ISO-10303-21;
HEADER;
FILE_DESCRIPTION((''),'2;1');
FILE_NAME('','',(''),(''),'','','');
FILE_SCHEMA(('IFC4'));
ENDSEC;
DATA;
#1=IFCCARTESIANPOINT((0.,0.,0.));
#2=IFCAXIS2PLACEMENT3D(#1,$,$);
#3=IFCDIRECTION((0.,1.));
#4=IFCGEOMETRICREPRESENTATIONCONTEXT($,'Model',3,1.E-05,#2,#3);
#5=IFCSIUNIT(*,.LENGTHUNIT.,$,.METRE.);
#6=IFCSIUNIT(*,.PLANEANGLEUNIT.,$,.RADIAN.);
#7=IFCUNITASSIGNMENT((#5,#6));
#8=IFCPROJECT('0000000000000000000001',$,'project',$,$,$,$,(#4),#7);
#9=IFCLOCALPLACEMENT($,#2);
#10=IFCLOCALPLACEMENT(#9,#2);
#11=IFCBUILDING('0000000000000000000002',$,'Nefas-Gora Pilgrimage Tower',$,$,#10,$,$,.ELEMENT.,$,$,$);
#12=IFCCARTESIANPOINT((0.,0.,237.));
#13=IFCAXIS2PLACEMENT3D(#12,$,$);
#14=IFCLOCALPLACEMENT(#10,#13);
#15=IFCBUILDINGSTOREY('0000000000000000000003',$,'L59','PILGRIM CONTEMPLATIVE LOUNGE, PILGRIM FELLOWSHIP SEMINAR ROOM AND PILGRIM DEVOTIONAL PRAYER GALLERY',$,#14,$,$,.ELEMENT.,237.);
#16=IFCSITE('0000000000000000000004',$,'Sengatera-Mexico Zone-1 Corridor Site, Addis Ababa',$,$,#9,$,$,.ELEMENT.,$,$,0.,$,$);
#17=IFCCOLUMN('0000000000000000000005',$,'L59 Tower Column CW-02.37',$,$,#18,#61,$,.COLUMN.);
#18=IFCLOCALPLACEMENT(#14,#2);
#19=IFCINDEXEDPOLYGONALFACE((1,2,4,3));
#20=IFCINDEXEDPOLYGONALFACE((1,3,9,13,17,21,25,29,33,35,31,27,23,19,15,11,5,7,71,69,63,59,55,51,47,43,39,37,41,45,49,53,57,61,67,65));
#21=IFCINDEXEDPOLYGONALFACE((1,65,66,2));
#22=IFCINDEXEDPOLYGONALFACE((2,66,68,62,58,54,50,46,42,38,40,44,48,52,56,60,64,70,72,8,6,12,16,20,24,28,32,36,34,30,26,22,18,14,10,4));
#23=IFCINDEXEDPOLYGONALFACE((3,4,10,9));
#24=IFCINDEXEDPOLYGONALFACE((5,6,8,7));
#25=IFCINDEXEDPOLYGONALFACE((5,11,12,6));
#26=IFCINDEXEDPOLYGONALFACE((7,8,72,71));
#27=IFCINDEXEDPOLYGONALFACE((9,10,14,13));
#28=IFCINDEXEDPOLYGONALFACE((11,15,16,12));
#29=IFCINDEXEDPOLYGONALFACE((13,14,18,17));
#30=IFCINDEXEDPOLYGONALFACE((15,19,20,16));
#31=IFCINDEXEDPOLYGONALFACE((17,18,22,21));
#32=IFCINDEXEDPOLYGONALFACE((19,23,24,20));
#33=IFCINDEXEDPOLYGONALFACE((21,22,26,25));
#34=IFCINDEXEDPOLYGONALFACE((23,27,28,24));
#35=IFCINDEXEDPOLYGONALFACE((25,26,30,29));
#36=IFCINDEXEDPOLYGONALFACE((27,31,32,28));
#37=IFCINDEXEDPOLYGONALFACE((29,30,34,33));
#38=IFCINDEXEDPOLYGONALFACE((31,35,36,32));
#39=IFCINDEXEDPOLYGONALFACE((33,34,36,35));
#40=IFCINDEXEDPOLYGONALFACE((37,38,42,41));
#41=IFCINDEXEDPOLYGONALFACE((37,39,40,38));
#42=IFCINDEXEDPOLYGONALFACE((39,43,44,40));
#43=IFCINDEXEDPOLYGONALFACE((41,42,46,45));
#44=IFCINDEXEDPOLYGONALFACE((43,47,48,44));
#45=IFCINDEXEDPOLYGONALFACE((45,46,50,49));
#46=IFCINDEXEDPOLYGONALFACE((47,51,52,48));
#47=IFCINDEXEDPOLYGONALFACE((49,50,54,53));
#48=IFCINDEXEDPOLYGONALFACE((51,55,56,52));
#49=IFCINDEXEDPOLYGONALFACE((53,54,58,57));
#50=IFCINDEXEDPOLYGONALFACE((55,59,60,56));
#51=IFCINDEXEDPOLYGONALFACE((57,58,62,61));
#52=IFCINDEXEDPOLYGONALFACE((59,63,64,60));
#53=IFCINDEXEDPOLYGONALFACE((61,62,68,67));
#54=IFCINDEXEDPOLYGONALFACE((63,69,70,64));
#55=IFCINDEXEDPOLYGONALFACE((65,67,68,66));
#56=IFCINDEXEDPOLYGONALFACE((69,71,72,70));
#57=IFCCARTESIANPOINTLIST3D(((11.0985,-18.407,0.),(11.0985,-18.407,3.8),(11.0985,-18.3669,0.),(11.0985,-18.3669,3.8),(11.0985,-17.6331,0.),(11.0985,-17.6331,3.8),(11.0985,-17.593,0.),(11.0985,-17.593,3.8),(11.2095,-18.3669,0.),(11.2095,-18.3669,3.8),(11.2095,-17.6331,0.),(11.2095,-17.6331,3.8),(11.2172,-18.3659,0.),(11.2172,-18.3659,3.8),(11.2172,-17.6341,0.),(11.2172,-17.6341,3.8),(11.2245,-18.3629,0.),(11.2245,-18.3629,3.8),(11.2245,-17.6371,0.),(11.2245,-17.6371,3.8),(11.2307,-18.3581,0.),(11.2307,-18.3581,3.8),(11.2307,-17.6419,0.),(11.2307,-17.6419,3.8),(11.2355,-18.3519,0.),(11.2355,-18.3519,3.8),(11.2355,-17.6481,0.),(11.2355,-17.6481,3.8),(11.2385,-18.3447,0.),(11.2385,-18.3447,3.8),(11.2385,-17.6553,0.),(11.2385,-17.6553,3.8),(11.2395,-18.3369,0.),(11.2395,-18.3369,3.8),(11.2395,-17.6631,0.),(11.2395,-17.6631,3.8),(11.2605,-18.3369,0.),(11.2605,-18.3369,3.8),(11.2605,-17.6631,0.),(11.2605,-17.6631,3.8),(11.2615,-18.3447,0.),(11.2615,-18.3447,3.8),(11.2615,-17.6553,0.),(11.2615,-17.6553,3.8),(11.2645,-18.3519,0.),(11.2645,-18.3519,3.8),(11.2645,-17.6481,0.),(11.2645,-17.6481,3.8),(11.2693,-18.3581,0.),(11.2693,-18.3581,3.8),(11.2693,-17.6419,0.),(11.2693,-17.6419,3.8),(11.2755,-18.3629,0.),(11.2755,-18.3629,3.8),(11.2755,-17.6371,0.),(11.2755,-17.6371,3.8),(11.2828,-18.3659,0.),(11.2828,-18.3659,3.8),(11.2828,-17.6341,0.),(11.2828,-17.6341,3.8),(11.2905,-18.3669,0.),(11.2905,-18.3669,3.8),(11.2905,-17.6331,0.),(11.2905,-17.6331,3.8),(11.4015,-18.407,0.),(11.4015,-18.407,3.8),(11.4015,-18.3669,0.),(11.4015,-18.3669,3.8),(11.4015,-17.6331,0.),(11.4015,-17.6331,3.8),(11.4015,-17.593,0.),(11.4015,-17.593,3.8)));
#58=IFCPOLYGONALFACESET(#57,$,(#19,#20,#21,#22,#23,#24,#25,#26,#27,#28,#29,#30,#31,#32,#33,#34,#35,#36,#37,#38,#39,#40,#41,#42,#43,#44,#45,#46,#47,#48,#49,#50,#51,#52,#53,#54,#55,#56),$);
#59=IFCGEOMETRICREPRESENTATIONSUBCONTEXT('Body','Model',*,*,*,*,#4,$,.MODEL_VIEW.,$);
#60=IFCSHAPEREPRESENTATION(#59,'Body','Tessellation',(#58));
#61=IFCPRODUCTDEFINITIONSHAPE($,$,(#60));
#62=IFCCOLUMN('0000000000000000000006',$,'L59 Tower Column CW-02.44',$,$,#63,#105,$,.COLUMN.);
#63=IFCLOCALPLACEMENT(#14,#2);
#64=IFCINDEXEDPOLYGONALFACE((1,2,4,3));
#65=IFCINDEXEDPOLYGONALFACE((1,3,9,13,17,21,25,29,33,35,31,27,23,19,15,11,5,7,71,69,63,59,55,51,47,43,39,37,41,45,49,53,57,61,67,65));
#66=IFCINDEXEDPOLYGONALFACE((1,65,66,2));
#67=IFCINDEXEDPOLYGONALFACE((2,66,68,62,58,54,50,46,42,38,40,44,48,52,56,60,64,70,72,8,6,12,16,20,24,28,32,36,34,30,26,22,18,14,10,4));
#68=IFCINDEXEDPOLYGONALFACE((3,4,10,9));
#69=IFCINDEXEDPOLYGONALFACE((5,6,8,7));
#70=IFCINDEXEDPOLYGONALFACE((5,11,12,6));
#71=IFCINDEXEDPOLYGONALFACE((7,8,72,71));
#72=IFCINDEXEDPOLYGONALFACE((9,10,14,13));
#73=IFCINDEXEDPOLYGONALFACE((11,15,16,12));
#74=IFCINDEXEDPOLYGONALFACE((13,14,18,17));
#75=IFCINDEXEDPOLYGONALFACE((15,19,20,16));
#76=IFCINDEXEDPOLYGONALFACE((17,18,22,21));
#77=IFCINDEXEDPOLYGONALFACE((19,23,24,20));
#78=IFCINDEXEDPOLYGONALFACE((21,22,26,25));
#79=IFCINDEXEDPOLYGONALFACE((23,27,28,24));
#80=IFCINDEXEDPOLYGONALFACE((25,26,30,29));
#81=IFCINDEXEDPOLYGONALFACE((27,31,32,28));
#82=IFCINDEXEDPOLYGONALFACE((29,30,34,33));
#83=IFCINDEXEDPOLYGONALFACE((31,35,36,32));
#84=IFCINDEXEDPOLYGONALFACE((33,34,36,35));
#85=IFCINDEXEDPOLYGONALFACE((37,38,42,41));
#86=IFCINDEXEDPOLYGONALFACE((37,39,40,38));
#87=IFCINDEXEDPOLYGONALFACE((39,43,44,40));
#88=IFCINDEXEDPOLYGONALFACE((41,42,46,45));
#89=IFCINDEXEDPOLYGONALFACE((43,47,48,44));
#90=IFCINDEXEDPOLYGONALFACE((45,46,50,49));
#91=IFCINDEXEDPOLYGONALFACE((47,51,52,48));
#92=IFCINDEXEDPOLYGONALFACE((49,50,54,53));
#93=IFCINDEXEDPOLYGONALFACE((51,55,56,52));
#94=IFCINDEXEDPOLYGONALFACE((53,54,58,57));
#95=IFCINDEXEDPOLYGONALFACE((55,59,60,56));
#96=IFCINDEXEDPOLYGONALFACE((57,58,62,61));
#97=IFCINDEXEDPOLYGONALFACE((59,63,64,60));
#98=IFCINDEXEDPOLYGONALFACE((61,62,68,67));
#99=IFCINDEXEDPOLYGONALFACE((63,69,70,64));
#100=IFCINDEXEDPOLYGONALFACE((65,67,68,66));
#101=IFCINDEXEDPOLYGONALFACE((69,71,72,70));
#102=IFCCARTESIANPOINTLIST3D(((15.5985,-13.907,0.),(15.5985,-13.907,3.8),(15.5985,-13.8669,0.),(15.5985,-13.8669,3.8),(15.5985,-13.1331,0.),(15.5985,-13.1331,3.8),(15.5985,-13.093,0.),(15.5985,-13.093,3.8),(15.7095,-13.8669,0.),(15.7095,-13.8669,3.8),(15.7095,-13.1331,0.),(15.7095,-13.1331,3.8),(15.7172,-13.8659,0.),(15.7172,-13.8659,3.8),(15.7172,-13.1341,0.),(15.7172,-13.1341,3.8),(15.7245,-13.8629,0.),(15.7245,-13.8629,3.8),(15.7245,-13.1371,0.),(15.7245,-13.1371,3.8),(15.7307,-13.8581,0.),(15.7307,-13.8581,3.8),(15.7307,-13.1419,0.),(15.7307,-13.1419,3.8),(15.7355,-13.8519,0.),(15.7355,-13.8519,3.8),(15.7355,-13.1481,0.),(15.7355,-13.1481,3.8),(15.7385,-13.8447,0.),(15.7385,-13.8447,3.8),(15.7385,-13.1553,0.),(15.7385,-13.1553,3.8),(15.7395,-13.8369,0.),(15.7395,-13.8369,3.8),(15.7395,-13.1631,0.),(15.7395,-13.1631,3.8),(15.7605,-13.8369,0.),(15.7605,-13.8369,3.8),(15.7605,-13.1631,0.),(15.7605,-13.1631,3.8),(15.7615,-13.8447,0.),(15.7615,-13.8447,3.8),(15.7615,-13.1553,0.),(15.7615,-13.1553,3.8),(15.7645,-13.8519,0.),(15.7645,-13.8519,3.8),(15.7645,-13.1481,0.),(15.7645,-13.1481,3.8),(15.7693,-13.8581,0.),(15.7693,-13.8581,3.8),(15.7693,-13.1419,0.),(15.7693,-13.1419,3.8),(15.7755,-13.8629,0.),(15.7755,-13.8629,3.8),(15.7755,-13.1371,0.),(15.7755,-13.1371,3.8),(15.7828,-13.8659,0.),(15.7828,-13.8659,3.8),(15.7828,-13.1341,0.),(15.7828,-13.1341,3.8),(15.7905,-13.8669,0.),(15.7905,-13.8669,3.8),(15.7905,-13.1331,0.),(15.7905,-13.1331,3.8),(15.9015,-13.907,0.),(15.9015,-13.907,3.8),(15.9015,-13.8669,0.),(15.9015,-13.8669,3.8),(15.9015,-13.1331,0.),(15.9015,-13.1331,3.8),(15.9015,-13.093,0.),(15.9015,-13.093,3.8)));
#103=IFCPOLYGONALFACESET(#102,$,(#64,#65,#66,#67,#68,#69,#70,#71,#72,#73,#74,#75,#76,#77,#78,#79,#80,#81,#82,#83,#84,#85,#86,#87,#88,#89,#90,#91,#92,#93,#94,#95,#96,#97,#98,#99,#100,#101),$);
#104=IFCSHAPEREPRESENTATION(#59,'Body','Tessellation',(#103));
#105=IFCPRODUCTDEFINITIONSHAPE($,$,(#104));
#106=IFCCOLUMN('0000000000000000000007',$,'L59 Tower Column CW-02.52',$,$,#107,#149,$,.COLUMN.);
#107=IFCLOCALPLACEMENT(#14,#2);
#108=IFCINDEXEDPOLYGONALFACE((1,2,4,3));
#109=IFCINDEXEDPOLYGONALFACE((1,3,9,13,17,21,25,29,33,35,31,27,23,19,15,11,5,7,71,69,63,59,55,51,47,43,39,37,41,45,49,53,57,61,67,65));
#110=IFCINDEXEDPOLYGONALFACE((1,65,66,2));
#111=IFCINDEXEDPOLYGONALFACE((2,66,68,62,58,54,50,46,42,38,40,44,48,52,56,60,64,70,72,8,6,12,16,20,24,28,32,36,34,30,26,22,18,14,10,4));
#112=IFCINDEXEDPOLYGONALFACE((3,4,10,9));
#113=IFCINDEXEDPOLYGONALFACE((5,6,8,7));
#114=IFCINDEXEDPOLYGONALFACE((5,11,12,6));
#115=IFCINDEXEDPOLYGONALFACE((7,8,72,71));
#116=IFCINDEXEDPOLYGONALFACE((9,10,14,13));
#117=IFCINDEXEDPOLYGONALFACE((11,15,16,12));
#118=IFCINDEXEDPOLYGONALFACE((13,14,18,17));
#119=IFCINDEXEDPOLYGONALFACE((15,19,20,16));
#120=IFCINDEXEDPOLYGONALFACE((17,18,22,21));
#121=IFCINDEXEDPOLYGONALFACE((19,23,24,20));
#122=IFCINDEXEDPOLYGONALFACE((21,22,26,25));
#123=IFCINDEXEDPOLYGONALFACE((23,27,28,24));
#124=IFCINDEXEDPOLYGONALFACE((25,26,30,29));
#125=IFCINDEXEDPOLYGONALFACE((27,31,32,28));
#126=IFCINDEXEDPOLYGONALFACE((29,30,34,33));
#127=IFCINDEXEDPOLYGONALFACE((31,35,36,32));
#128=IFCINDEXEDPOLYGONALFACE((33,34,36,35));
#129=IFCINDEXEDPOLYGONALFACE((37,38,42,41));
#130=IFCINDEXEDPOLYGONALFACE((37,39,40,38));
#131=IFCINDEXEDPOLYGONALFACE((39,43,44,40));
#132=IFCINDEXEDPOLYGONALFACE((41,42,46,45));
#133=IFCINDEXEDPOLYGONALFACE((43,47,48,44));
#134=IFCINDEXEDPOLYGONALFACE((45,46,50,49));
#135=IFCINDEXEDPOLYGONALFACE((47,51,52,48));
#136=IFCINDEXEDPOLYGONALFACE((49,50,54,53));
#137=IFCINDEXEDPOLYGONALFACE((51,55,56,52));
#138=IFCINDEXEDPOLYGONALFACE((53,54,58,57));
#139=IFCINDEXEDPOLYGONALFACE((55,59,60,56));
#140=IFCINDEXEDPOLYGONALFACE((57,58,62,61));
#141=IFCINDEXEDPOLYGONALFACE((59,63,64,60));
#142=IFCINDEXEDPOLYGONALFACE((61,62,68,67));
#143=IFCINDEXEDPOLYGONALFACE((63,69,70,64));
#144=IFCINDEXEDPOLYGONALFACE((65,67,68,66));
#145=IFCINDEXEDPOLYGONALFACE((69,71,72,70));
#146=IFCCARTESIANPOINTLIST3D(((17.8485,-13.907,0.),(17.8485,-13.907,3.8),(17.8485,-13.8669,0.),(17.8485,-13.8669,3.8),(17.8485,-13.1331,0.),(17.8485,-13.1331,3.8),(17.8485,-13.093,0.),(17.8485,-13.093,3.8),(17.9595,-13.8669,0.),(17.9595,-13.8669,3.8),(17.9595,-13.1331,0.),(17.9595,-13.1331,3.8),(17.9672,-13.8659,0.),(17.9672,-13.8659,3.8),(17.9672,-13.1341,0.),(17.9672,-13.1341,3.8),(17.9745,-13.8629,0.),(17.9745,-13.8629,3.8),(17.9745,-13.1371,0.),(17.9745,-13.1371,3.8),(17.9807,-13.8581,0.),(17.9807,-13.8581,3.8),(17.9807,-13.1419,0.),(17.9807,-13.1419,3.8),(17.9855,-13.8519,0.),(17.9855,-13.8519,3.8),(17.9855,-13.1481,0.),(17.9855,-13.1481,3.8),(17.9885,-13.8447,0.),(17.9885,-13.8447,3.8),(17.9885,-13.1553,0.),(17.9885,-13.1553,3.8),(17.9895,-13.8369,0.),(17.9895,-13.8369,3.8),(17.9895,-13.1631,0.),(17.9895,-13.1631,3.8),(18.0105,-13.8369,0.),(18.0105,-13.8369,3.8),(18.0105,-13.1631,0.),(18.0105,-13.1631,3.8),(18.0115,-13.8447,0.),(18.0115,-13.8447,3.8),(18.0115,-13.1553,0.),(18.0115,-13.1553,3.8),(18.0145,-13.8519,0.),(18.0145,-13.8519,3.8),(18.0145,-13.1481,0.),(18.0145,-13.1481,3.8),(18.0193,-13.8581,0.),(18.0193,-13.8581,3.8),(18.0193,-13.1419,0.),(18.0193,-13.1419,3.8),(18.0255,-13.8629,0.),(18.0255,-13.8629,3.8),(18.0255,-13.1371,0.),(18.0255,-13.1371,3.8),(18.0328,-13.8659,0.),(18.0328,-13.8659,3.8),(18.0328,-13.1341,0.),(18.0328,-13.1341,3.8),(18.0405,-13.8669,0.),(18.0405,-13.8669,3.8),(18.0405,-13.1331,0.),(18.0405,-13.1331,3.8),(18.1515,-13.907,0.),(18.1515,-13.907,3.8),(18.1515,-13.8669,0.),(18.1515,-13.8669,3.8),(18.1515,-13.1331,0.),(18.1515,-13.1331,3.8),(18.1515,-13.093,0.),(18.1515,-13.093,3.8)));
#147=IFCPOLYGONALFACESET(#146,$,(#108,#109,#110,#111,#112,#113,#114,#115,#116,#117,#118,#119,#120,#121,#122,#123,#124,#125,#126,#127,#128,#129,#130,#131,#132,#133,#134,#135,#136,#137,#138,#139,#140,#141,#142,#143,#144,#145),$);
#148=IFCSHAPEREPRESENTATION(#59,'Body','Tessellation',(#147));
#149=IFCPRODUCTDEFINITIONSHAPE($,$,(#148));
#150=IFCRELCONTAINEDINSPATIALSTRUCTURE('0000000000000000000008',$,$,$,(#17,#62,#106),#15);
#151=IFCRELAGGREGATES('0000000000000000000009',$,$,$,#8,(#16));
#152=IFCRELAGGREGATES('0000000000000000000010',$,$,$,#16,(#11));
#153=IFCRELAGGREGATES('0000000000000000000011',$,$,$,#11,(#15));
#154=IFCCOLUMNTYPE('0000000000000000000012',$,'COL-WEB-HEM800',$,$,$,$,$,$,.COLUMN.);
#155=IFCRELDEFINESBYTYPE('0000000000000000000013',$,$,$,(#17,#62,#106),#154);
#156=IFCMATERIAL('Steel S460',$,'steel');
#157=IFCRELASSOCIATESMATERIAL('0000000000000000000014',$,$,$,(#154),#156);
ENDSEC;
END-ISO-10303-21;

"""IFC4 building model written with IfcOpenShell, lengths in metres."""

from ifc_helpers import new_model, si_unit, direction, frame, origin, origin_2d, place, context, subcontext, project, spatial, i_section, extrude, source, transform, mapped, material, material_profile, profile_set, type_object, element, save


model = new_model("IFC4")

# Units and contexts
model_context = context("Model", 3, precision=1e-05, world=origin(), true_north=direction((0.0, 1.0)))
body_context = subcontext(model_context, "Body", "Model", "MODEL_VIEW")
ifc_project = project(units=[si_unit("LENGTHUNIT", "METRE"), si_unit("PLANEANGLEUNIT", "RADIAN")], contexts=[model_context])

# Site, building, storey
site_placement = place(None, origin())
site = spatial("IfcSite", under=ifc_project, at=site_placement, Name="Sengatera-Mexico Zone-1 Corridor Site, Addis Ababa", CompositionType="ELEMENT", RefElevation=0.0)
building_placement = place(site_placement, origin())
building = spatial("IfcBuilding", under=site, at=building_placement, Name="Nefas-Gora Pilgrimage Tower", CompositionType="ELEMENT")
storey_placement = place(building_placement, frame((0.0, 0.0, 237.0)))
storey = spatial("IfcBuildingStorey", under=building, at=storey_placement, Name="L59", Description="PILGRIM CONTEMPLATIVE LOUNGE, PILGRIM FELLOWSHIP SEMINAR ROOM AND PILGRIM DEVOTIONAL PRAYER GALLERY", CompositionType="ELEMENT", Elevation=237.0)

# Columns
ifc_material_1 = material(Name="Steel S460", Category="steel")
ifc_material_profile_1 = material_profile(ifc_material_1, i_section(OverallWidth=0.303, OverallDepth=0.814, WebThickness=0.021, FlangeThickness=0.04, FilletRadius=0.03, at=origin_2d()), Name="HEM 800")
ifc_profile_set_1 = profile_set([ifc_material_profile_1], Name="Steel S460")
column_type_1 = type_object("IfcColumnType", Name="COL-WEB-HEM800", PredefinedType="COLUMN", material=ifc_profile_set_1)
shared_shape_1 = source(origin(), body_context, "Body", "SweptSolid", [
    extrude(i_section(OverallWidth=0.303, OverallDepth=0.814, WebThickness=0.021, FlangeThickness=0.04, FilletRadius=0.03, at=origin_2d()), origin(), (0.0, 0.0, 1.0), 3.8),
])
for number, where, z_axis, x_axis, name in (
    (1, (11.25, -18.0, 0.0), (0.0, 0.0, 1.0), (1.0, 0.0, 0.0), "L59 Tower Column CW-02.37"),
    (2, (15.75, -13.5, 0.0), (0.0, 0.0, 1.0), (1.0, 0.0, 0.0), "L59 Tower Column CW-02.44"),
    (3, (18.0, -13.5, 0.0), (0.0, 0.0, 1.0), (1.0, 0.0, 0.0), "L59 Tower Column CW-02.52"),
):
    element("IfcColumn", number, at=place(storey_placement, frame(where, z_axis=z_axis, x_axis=x_axis)), inside=storey, type_object=column_type_1, Name=name, PredefinedType="COLUMN", context=body_context, shape_type="MappedRepresentation", body=[
        mapped(shared_shape_1, transform((0.0, 0.0, 0.0), x_axis=(1.0, 0.0, 0.0), y_axis=(0.0, 1.0, 0.0), z_axis=(0.0, 0.0, 1.0), scale=1.0)),
    ])

save(model, "model.ifc")
